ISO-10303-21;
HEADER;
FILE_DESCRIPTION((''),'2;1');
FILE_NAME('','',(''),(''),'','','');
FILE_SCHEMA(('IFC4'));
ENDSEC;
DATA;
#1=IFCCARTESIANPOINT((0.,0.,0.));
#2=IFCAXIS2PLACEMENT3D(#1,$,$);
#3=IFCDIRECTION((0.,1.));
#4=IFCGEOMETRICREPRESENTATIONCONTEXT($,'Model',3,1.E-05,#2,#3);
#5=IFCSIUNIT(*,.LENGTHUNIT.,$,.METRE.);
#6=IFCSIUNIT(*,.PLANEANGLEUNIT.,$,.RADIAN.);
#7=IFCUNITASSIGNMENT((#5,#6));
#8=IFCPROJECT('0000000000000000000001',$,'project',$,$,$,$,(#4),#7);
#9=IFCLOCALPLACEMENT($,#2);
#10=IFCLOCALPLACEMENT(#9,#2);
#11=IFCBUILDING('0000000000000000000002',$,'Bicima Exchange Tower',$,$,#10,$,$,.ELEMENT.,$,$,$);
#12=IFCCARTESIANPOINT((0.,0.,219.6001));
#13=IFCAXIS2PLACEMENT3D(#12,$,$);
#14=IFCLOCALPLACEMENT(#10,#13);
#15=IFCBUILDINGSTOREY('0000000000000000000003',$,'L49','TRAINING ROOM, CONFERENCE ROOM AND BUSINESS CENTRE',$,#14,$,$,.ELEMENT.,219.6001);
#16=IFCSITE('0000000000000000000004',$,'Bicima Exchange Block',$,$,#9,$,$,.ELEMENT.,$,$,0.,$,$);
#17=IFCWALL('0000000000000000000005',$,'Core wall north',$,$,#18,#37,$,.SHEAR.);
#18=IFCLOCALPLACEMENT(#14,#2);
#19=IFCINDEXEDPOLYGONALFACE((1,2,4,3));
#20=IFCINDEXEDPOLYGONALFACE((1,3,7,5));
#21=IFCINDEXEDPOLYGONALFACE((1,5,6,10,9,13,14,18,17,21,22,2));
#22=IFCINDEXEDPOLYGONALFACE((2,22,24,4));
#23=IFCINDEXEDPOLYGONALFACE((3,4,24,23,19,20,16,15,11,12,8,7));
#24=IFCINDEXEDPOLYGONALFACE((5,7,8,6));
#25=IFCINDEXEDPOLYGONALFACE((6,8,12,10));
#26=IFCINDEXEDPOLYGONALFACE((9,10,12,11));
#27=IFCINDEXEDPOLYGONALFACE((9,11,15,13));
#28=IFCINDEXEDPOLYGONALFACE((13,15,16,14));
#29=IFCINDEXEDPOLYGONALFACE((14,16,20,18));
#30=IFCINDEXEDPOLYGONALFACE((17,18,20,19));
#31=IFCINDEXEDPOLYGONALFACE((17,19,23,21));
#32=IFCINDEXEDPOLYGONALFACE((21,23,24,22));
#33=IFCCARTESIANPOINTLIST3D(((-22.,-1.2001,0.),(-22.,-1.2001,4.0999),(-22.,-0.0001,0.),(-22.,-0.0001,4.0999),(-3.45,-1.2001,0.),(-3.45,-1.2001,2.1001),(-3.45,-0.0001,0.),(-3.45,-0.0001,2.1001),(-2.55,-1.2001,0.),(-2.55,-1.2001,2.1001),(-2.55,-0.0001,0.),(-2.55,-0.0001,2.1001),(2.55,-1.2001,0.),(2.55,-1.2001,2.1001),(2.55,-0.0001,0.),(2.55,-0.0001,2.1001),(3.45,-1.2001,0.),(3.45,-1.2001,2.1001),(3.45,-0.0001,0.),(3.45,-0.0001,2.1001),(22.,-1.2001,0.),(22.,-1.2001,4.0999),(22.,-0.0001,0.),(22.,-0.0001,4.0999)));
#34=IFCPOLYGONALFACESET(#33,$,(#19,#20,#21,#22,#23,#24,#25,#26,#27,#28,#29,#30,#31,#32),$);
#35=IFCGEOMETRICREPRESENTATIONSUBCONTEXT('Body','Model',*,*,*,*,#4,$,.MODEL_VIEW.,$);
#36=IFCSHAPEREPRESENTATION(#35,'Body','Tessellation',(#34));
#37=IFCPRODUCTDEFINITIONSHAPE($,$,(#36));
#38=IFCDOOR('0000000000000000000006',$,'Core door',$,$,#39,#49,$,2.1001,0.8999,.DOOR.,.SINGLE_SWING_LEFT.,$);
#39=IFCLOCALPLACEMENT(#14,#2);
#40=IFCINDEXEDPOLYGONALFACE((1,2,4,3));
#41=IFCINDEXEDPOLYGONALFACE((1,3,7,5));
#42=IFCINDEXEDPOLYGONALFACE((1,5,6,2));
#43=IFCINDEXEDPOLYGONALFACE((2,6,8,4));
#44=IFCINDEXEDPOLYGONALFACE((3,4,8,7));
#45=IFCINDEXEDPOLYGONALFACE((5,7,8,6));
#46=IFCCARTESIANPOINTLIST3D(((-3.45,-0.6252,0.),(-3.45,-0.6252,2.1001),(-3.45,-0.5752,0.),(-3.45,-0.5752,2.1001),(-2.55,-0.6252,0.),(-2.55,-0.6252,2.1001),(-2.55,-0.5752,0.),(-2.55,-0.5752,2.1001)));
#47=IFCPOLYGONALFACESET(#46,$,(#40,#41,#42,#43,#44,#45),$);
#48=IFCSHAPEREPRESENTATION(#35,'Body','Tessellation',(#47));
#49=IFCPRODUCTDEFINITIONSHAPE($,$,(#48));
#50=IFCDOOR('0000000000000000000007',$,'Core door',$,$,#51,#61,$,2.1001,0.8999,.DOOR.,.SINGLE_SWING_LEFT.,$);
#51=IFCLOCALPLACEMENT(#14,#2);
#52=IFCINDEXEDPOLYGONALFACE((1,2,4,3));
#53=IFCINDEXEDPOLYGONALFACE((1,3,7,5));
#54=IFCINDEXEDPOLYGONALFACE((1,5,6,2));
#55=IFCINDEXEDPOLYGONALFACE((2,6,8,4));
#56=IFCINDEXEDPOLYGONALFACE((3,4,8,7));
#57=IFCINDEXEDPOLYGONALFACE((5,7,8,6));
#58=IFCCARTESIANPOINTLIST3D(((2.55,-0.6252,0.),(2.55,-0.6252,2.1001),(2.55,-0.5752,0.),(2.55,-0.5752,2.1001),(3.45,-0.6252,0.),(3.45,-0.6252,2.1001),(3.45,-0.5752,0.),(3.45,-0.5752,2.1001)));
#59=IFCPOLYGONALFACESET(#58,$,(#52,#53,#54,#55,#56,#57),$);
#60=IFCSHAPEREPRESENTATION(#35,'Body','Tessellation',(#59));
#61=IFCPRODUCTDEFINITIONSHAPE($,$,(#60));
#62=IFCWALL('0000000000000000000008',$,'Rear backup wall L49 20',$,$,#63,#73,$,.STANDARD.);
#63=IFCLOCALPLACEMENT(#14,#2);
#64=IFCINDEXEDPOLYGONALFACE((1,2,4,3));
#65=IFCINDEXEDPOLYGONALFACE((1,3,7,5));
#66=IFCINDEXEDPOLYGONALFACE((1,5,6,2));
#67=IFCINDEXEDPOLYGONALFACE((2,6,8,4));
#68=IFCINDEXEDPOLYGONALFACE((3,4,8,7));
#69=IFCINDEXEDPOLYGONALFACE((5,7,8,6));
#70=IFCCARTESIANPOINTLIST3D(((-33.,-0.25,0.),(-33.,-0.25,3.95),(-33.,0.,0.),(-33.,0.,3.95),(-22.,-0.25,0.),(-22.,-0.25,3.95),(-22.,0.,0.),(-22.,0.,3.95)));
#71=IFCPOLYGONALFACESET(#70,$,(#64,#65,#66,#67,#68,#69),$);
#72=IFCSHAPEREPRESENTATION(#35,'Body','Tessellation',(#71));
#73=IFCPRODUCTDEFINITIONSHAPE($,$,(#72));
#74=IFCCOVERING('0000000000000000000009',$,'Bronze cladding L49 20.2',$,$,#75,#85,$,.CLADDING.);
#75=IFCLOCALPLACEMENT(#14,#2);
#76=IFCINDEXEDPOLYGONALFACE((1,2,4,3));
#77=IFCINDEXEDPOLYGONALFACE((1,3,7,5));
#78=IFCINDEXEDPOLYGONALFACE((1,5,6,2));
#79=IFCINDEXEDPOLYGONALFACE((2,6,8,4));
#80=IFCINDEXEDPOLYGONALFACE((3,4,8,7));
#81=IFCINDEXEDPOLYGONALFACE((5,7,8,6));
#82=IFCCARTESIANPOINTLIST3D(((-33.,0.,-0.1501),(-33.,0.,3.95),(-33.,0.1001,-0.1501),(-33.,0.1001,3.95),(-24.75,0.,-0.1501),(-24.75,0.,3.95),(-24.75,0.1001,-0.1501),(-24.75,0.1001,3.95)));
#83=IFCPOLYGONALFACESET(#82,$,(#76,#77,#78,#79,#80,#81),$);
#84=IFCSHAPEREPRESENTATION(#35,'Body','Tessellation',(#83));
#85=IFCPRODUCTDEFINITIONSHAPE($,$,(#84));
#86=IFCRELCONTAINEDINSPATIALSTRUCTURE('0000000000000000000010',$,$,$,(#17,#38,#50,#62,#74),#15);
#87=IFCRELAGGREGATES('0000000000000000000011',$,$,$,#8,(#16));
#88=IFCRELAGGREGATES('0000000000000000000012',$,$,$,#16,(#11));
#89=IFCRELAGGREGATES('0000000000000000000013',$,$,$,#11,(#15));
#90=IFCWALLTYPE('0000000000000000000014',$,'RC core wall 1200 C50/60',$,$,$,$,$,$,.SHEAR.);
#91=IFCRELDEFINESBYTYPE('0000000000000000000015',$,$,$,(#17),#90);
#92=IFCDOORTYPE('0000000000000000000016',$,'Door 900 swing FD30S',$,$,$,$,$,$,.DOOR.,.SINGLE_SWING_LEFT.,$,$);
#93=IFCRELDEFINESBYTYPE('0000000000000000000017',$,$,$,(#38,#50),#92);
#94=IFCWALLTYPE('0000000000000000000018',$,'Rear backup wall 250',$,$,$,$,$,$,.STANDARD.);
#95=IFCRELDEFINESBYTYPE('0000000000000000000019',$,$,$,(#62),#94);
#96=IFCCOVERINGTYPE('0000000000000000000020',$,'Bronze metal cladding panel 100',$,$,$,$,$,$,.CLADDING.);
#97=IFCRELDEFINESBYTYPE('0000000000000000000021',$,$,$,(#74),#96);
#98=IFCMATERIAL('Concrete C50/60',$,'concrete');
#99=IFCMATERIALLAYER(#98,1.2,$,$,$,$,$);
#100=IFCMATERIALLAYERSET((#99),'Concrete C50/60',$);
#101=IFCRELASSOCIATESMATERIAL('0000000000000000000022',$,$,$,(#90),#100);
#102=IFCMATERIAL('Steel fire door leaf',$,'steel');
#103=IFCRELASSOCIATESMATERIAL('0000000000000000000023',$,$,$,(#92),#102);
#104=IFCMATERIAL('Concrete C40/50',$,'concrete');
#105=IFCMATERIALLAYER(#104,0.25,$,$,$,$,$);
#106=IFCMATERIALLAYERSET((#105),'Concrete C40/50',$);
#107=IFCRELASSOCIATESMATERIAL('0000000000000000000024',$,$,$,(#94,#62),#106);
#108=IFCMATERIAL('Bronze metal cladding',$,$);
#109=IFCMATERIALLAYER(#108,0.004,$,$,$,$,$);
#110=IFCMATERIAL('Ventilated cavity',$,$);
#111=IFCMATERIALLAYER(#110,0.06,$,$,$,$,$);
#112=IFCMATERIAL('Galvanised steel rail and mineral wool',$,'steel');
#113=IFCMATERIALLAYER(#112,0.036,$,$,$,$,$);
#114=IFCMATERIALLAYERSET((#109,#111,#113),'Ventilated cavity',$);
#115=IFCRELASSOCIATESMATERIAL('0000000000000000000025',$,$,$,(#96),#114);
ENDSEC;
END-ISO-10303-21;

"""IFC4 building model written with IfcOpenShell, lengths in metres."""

from ifc_helpers import new_model, si_unit, direction, frame, frame_2d, origin, origin_2d, place, context, subcontext, project, spatial, rectangle, extrude, material, layer, layer_set, layer_usage, type_object, element, fill, save


model = new_model("IFC4")

# Units and contexts
model_context = context("Model", 3, precision=1e-05, world=origin(), true_north=direction((0.0, 1.0)))
body_context = subcontext(model_context, "Body", "Model", "MODEL_VIEW")
ifc_project = project(units=[si_unit("LENGTHUNIT", "METRE"), si_unit("PLANEANGLEUNIT", "RADIAN")], contexts=[model_context])

# Site, building, storey
site_placement = place(None, origin())
site = spatial("IfcSite", under=ifc_project, at=site_placement, Name="Bicima Exchange Block", CompositionType="ELEMENT", RefElevation=0.0)
building_placement = place(site_placement, origin())
building = spatial("IfcBuilding", under=site, at=building_placement, Name="Bicima Exchange Tower", CompositionType="ELEMENT")
storey_placement = place(building_placement, frame((0.0, 0.0, 219.6001)))
storey = spatial("IfcBuildingStorey", under=building, at=storey_placement, Name="L49", Description="TRAINING ROOM, CONFERENCE ROOM AND BUSINESS CENTRE", CompositionType="ELEMENT", Elevation=219.6001)

# Wall, openings, doors
ifc_material_1 = material(Name="Concrete C50/60", Category="concrete")
ifc_layer_1 = layer(ifc_material_1, 1.2)
ifc_layer_set_1 = layer_set([ifc_layer_1], Name="Concrete C50/60")
wall_type_1 = type_object("IfcWallType", Name="RC core wall 1200 C50/60", PredefinedType="SHEAR", material=ifc_layer_set_1)
wall_1_placement = place(storey_placement, frame((-22.0, -0.6001, 0.0), z_axis=(0.0, 0.0, 1.0), x_axis=(1.0, 0.0, 0.0)))
wall_1 = element("IfcWall", 1, at=wall_1_placement, inside=storey, type_object=wall_type_1, Name="Core wall north", PredefinedType="SHEAR", context=body_context, shape_type="SweptSolid", body=[
    extrude(rectangle(XDim=44.0, YDim=1.2, at=frame_2d((22.0, 0.0))), origin(), (0.0, 0.0, 1.0), 4.0999),
])
opening_1_placement = place(wall_1_placement, frame((18.55, 0.0, 0.0)))
opening_1 = element("IfcOpeningElement", 2, at=opening_1_placement, cuts=wall_1, PredefinedType="OPENING", context=body_context, shape_type="SweptSolid", body=[
    extrude(rectangle(XDim=0.8999, YDim=2.1001, at=frame_2d((0.45, 1.05))), frame((0.0, 0.6118, 0.0), z_axis=(0.0, -1.0, 0.0), x_axis=(1.0, 0.0, 0.0)), (0.0, 0.0, 1.0), 1.2239),
])
opening_2_placement = place(wall_1_placement, frame((24.55, 0.0, 0.0)))
opening_2 = element("IfcOpeningElement", 3, at=opening_2_placement, cuts=wall_1, PredefinedType="OPENING", context=body_context, shape_type="SweptSolid", body=[
    extrude(rectangle(XDim=0.8999, YDim=2.1001, at=frame_2d((0.45, 1.05))), frame((0.0, 0.6118, 0.0), z_axis=(0.0, -1.0, 0.0), x_axis=(1.0, 0.0, 0.0)), (0.0, 0.0, 1.0), 1.2239),
])
ifc_material_2 = material(Name="Steel fire door leaf", Category="steel")
door_type = type_object("IfcDoorType", Name="Door 900 swing FD30S", OperationType="SINGLE_SWING_LEFT", PredefinedType="DOOR", material=ifc_material_2)
door_1_placement = place(opening_1_placement, origin())
door_1 = element("IfcDoor", 4, at=door_1_placement, inside=storey, type_object=door_type, Name="Core door", OperationType="SINGLE_SWING_LEFT", OverallHeight=2.1001, OverallWidth=0.8999, PredefinedType="DOOR", context=body_context, shape_type="SweptSolid", body=[
    extrude(rectangle(XDim=0.8999, YDim=2.1001, at=frame_2d((0.45, 1.05))), frame((0.0, 0.0249, 0.0), z_axis=(0.0, -1.0, 0.0), x_axis=(1.0, 0.0, 0.0)), (0.0, 0.0, 1.0), 0.05),
])
fill(opening_1, door_1)
door_2_placement = place(opening_2_placement, origin())
door_2 = element("IfcDoor", 5, at=door_2_placement, inside=storey, type_object=door_type, Name="Core door", OperationType="SINGLE_SWING_LEFT", OverallHeight=2.1001, OverallWidth=0.8999, PredefinedType="DOOR", context=body_context, shape_type="SweptSolid", body=[
    extrude(rectangle(XDim=0.8999, YDim=2.1001, at=frame_2d((0.45, 1.05))), frame((0.0, 0.0249, 0.0), z_axis=(0.0, -1.0, 0.0), x_axis=(1.0, 0.0, 0.0)), (0.0, 0.0, 1.0), 0.05),
])
fill(opening_2, door_2)

# Wall
ifc_material_3 = material(Name="Concrete C40/50", Category="concrete")
ifc_layer_2 = layer(ifc_material_3, 0.25)
ifc_layer_set_2 = layer_set([ifc_layer_2], Name="Concrete C40/50")
ifc_layer_usage = layer_usage(ifc_layer_set_2, "AXIS2", "POSITIVE", -0.125)
wall_type_2 = type_object("IfcWallType", Name="Rear backup wall 250", PredefinedType="STANDARD", material=ifc_layer_set_2)
wall_2_placement = place(storey_placement, frame((-22.0, -0.125, 0.0), z_axis=(0.0, 0.0, 1.0), x_axis=(-1.0, 0.0, 0.0)))
element("IfcWall", 6, at=wall_2_placement, inside=storey, type_object=wall_type_2, material=ifc_layer_usage, Name="Rear backup wall L49 20", PredefinedType="STANDARD", context=body_context, shape_type="SweptSolid", body=[
    extrude(rectangle(XDim=11.0, YDim=0.25, at=frame_2d((5.5, 0.0))), origin(), (0.0, 0.0, 1.0), 3.95),
])

# Covering
ifc_material_4 = material(Name="Bronze metal cladding")
ifc_layer_3 = layer(ifc_material_4, 0.004)
ifc_material_5 = material(Name="Ventilated cavity")
ifc_layer_4 = layer(ifc_material_5, 0.06)
ifc_material_6 = material(Name="Galvanised steel rail and mineral wool", Category="steel")
ifc_layer_5 = layer(ifc_material_6, 0.036)
ifc_layer_set_3 = layer_set([ifc_layer_3, ifc_layer_4, ifc_layer_5], Name="Ventilated cavity")
covering_type = type_object("IfcCoveringType", Name="Bronze metal cladding panel 100", PredefinedType="CLADDING", material=ifc_layer_set_3)
covering_placement = place(storey_placement, frame((-28.875, 0.05, -0.1501), z_axis=(0.0, 0.0, 1.0), x_axis=(-1.0, 0.0, 0.0)))
element("IfcCovering", 7, at=covering_placement, inside=storey, type_object=covering_type, Name="Bronze cladding L49 20.2", PredefinedType="CLADDING", context=body_context, shape_type="SweptSolid", body=[
    extrude(rectangle(XDim=8.25, YDim=0.1001, at=origin_2d()), origin(), (0.0, 0.0, 1.0), 4.1001),
])

save(model, "model.ifc")
